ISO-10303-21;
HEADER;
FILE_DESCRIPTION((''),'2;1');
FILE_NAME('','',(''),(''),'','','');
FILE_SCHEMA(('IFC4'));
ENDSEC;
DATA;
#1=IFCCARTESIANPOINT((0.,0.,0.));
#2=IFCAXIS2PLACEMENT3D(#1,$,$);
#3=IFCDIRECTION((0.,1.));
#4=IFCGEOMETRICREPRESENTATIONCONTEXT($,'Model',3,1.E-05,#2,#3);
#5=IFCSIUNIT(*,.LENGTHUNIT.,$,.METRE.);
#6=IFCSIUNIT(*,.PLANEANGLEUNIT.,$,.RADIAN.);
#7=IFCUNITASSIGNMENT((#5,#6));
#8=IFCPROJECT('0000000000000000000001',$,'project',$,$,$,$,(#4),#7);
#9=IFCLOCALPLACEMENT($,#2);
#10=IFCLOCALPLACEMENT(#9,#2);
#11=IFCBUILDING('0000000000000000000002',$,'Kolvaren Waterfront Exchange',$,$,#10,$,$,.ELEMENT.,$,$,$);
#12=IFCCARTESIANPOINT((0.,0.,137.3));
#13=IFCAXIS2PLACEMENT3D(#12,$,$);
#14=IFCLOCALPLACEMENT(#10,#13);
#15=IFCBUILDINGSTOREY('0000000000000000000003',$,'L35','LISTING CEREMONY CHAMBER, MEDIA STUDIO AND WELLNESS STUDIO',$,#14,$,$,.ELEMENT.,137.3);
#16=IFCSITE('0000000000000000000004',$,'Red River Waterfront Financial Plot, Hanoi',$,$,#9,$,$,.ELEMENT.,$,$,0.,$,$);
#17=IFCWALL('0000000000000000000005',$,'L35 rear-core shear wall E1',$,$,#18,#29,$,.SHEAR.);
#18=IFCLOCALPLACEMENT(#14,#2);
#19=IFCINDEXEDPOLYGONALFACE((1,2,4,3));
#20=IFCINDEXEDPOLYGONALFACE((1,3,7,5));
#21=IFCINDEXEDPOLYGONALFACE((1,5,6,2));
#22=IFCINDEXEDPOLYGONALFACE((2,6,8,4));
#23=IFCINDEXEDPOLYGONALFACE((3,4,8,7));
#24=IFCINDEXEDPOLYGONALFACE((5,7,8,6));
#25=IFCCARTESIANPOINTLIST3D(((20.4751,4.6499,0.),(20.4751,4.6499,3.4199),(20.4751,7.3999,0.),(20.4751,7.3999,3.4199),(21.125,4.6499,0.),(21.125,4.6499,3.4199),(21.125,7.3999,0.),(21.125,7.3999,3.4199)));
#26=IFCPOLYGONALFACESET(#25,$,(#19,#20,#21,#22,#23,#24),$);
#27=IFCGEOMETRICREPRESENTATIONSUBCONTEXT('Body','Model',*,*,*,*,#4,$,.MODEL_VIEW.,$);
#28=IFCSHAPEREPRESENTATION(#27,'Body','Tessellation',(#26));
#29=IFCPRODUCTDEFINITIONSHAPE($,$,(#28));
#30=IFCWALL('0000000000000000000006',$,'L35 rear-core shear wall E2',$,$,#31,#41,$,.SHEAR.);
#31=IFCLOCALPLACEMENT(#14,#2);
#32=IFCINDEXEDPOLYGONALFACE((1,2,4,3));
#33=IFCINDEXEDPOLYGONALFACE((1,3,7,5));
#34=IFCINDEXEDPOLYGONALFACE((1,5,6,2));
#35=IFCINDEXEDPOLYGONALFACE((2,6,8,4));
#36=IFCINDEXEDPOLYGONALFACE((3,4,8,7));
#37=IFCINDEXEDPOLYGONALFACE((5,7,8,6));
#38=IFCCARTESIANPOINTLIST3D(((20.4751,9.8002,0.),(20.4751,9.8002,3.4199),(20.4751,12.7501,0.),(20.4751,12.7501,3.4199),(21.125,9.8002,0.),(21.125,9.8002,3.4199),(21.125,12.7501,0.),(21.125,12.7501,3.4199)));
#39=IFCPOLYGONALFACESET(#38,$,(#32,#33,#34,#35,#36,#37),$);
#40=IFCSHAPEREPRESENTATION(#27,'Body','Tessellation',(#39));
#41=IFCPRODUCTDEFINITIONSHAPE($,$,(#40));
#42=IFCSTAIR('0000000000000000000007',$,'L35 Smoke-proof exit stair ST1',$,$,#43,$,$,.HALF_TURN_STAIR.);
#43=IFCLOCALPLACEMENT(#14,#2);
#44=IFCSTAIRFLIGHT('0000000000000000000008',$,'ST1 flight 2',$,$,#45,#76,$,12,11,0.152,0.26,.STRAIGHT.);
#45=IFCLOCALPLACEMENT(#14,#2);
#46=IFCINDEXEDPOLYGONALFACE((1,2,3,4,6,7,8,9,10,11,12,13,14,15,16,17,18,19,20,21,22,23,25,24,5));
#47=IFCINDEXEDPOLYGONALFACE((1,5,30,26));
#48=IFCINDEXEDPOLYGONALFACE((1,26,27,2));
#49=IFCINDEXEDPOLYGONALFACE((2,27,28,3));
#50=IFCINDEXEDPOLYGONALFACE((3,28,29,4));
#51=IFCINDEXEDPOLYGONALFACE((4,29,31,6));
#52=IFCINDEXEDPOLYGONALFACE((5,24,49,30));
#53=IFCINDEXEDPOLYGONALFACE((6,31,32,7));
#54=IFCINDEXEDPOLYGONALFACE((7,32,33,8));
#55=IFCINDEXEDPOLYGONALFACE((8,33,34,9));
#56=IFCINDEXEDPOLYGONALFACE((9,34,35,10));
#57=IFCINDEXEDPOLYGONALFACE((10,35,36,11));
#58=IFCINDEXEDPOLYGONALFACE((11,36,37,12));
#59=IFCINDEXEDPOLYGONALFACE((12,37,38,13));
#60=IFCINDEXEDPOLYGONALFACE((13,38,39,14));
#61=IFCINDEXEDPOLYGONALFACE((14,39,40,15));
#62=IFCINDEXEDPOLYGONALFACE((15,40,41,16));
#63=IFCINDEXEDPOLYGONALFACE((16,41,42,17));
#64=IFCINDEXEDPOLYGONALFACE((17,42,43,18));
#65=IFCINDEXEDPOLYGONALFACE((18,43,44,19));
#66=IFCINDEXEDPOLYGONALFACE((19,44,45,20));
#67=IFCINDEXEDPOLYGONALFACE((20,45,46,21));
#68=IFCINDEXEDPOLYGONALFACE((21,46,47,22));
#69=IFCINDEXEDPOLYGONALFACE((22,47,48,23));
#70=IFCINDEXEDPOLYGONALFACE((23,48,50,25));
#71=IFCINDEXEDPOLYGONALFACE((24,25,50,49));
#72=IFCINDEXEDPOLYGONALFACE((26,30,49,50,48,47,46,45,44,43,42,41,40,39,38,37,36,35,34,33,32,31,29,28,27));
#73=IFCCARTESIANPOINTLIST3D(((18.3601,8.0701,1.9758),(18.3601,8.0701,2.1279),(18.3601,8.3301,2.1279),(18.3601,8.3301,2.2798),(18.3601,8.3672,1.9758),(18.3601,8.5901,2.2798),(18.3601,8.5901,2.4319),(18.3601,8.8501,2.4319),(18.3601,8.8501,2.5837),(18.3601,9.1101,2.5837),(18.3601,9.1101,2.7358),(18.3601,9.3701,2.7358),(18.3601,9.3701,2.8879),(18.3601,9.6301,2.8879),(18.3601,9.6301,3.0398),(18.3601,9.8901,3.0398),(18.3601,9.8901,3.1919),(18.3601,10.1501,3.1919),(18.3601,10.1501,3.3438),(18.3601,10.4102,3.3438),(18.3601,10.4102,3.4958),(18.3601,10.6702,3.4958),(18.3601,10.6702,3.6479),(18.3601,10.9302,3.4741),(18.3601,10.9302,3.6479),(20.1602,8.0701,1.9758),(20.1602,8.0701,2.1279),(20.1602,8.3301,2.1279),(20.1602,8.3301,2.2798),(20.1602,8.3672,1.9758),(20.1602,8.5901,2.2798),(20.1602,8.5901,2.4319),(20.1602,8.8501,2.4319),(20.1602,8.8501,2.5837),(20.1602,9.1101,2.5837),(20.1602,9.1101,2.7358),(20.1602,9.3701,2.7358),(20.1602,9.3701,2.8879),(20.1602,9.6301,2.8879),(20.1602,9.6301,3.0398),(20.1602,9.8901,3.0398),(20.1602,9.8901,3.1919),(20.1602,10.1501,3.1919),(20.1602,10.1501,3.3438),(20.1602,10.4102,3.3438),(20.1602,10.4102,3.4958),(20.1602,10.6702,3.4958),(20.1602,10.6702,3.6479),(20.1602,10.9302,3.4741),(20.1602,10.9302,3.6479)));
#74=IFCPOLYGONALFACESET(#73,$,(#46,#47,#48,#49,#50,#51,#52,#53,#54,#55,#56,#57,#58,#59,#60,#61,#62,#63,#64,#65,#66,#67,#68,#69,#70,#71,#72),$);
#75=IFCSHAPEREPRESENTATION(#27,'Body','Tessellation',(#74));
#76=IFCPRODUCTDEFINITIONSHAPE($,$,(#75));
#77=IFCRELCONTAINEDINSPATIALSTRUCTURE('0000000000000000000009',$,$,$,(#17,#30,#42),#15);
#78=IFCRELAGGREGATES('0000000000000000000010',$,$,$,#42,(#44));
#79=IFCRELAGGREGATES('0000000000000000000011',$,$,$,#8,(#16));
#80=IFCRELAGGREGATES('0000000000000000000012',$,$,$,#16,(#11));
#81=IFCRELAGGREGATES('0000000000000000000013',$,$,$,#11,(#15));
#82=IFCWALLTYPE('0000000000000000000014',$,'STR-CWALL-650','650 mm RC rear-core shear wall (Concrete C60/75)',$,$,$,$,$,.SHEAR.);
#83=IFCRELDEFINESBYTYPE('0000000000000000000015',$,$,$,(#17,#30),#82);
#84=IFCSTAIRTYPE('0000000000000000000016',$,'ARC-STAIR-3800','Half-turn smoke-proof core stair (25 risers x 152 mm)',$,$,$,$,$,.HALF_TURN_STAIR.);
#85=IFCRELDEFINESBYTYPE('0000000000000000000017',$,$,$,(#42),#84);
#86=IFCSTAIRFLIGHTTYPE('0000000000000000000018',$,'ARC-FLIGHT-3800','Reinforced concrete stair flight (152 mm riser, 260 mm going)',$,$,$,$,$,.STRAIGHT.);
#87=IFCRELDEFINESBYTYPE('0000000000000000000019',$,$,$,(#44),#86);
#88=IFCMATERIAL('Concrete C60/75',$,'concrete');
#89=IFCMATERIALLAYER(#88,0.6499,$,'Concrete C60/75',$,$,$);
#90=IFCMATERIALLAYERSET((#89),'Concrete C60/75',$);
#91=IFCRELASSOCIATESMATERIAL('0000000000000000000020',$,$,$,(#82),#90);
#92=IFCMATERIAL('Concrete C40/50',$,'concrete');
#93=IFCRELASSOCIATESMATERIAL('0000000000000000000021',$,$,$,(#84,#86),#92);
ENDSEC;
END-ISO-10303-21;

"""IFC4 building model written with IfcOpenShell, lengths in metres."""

from ifc_helpers import new_model, si_unit, direction, frame, frame_2d, origin, place, context, subcontext, project, spatial, polyline, rectangle, outline, extrude, material, layer, layer_set, type_object, element, aggregate, save


model = new_model("IFC4")

# Units and contexts
model_context = context("Model", 3, precision=1e-05, world=origin(), true_north=direction((0.0, 1.0)))
body_context = subcontext(model_context, "Body", "Model", "MODEL_VIEW")
ifc_project = project(units=[si_unit("LENGTHUNIT", "METRE"), si_unit("PLANEANGLEUNIT", "RADIAN")], contexts=[model_context])

# Site, building, storey
site_placement = place(None, origin())
site = spatial("IfcSite", under=ifc_project, at=site_placement, Name="Red River Waterfront Financial Plot, Hanoi", CompositionType="ELEMENT", RefElevation=0.0)
building_placement = place(site_placement, origin())
building = spatial("IfcBuilding", under=site, at=building_placement, Name="Kolvaren Waterfront Exchange", CompositionType="ELEMENT")
storey_placement = place(building_placement, frame((0.0, 0.0, 137.3)))
storey = spatial("IfcBuildingStorey", under=building, at=storey_placement, Name="L35", Description="LISTING CEREMONY CHAMBER, MEDIA STUDIO AND WELLNESS STUDIO", CompositionType="ELEMENT", Elevation=137.3)

# Shared definitions
ifc_material_1 = material(Name="Concrete C60/75", Category="concrete")

# Shared definitions
ifc_material_2 = material(Name="Concrete C40/50", Category="concrete")

# Walls
ifc_layer_1 = layer(ifc_material_1, 0.6499, Name="Concrete C60/75")
ifc_layer_set_1 = layer_set([ifc_layer_1], Name="Concrete C60/75")
wall_type_1 = type_object("IfcWallType", Name="STR-CWALL-650", Description="650 mm RC rear-core shear wall (Concrete C60/75)", PredefinedType="SHEAR", material=ifc_layer_set_1)
wall_1_placement = place(storey_placement, frame((20.8, 4.6499, 0.0), z_axis=(0.0, 0.0, 1.0), x_axis=(0.0, 1.0, 0.0)))
element("IfcWall", 1, at=wall_1_placement, inside=storey, type_object=wall_type_1, Name="L35 rear-core shear wall E1", PredefinedType="SHEAR", context=body_context, shape_type="SweptSolid", body=[
    extrude(rectangle(XDim=2.75, YDim=0.6499, at=frame_2d((1.375, 0.0))), origin(), (0.0, 0.0, 1.0), 3.4199),
])
wall_2_placement = place(storey_placement, frame((20.8, 9.8, 0.0), z_axis=(0.0, 0.0, 1.0), x_axis=(0.0, 1.0, 0.0)))
element("IfcWall", 2, at=wall_2_placement, inside=storey, type_object=wall_type_1, Name="L35 rear-core shear wall E2", PredefinedType="SHEAR", context=body_context, shape_type="SweptSolid", body=[
    extrude(rectangle(XDim=2.95, YDim=0.6499, at=frame_2d((1.4751, 0.0))), origin(), (0.0, 0.0, 1.0), 3.4199),
])

# Stair, stair flight
stair_type = type_object("IfcStairType", Name="ARC-STAIR-3800", Description="Half-turn smoke-proof core stair (25 risers x 152 mm)", PredefinedType="HALF_TURN_STAIR", material=ifc_material_2)
stair_placement = place(storey_placement, origin())
stair = element("IfcStair", 3, at=stair_placement, inside=storey, type_object=stair_type, Name="L35 Smoke-proof exit stair ST1", PredefinedType="HALF_TURN_STAIR")
stair_flight_type = type_object("IfcStairFlightType", Name="ARC-FLIGHT-3800", Description="Reinforced concrete stair flight (152 mm riser, 260 mm going)", PredefinedType="STRAIGHT", material=ifc_material_2)
stair_flight_placement = place(storey_placement, frame((19.26, 8.0701, 1.9758), z_axis=(0.0, 0.0, 1.0), x_axis=(0.0, 1.0, 0.0)))
stair_flight = element("IfcStairFlight", 4, at=stair_flight_placement, type_object=stair_flight_type, Name="ST1 flight 2", NumberOfRisers=12, NumberOfTreads=11, PredefinedType="STRAIGHT", RiserHeight=0.152, TreadLength=0.26, context=body_context, shape_type="SweptSolid", body=[
    extrude(outline(polyline([(0.0, 0.0), (0.0, 0.1521), (0.26, 0.1521), (0.26, 0.304), (0.52, 0.304), (0.52, 0.4561), (0.78, 0.4561), (0.78, 0.6079), (1.04, 0.6079), (1.04, 0.76), (1.3, 0.76), (1.3, 0.9121), (1.5601, 0.9121), (1.5601, 1.064), (1.8201, 1.064), (1.8201, 1.2161), (2.0801, 1.2161), (2.0801, 1.3679), (2.3401, 1.3679), (2.3401, 1.52), (2.6001, 1.52), (2.6001, 1.6721), (2.8601, 1.6721), (2.8601, 1.824), (2.8601, 1.4983), (0.2971, 0.0), (0.0, 0.0)])), frame((0.0, 0.8999, 0.0), z_axis=(0.0, -1.0, 0.0), x_axis=(1.0, 0.0, 0.0)), (0.0, 0.0, 1.0), 1.8),
])
aggregate(stair, [stair_flight])

save(model, "model.ifc")
